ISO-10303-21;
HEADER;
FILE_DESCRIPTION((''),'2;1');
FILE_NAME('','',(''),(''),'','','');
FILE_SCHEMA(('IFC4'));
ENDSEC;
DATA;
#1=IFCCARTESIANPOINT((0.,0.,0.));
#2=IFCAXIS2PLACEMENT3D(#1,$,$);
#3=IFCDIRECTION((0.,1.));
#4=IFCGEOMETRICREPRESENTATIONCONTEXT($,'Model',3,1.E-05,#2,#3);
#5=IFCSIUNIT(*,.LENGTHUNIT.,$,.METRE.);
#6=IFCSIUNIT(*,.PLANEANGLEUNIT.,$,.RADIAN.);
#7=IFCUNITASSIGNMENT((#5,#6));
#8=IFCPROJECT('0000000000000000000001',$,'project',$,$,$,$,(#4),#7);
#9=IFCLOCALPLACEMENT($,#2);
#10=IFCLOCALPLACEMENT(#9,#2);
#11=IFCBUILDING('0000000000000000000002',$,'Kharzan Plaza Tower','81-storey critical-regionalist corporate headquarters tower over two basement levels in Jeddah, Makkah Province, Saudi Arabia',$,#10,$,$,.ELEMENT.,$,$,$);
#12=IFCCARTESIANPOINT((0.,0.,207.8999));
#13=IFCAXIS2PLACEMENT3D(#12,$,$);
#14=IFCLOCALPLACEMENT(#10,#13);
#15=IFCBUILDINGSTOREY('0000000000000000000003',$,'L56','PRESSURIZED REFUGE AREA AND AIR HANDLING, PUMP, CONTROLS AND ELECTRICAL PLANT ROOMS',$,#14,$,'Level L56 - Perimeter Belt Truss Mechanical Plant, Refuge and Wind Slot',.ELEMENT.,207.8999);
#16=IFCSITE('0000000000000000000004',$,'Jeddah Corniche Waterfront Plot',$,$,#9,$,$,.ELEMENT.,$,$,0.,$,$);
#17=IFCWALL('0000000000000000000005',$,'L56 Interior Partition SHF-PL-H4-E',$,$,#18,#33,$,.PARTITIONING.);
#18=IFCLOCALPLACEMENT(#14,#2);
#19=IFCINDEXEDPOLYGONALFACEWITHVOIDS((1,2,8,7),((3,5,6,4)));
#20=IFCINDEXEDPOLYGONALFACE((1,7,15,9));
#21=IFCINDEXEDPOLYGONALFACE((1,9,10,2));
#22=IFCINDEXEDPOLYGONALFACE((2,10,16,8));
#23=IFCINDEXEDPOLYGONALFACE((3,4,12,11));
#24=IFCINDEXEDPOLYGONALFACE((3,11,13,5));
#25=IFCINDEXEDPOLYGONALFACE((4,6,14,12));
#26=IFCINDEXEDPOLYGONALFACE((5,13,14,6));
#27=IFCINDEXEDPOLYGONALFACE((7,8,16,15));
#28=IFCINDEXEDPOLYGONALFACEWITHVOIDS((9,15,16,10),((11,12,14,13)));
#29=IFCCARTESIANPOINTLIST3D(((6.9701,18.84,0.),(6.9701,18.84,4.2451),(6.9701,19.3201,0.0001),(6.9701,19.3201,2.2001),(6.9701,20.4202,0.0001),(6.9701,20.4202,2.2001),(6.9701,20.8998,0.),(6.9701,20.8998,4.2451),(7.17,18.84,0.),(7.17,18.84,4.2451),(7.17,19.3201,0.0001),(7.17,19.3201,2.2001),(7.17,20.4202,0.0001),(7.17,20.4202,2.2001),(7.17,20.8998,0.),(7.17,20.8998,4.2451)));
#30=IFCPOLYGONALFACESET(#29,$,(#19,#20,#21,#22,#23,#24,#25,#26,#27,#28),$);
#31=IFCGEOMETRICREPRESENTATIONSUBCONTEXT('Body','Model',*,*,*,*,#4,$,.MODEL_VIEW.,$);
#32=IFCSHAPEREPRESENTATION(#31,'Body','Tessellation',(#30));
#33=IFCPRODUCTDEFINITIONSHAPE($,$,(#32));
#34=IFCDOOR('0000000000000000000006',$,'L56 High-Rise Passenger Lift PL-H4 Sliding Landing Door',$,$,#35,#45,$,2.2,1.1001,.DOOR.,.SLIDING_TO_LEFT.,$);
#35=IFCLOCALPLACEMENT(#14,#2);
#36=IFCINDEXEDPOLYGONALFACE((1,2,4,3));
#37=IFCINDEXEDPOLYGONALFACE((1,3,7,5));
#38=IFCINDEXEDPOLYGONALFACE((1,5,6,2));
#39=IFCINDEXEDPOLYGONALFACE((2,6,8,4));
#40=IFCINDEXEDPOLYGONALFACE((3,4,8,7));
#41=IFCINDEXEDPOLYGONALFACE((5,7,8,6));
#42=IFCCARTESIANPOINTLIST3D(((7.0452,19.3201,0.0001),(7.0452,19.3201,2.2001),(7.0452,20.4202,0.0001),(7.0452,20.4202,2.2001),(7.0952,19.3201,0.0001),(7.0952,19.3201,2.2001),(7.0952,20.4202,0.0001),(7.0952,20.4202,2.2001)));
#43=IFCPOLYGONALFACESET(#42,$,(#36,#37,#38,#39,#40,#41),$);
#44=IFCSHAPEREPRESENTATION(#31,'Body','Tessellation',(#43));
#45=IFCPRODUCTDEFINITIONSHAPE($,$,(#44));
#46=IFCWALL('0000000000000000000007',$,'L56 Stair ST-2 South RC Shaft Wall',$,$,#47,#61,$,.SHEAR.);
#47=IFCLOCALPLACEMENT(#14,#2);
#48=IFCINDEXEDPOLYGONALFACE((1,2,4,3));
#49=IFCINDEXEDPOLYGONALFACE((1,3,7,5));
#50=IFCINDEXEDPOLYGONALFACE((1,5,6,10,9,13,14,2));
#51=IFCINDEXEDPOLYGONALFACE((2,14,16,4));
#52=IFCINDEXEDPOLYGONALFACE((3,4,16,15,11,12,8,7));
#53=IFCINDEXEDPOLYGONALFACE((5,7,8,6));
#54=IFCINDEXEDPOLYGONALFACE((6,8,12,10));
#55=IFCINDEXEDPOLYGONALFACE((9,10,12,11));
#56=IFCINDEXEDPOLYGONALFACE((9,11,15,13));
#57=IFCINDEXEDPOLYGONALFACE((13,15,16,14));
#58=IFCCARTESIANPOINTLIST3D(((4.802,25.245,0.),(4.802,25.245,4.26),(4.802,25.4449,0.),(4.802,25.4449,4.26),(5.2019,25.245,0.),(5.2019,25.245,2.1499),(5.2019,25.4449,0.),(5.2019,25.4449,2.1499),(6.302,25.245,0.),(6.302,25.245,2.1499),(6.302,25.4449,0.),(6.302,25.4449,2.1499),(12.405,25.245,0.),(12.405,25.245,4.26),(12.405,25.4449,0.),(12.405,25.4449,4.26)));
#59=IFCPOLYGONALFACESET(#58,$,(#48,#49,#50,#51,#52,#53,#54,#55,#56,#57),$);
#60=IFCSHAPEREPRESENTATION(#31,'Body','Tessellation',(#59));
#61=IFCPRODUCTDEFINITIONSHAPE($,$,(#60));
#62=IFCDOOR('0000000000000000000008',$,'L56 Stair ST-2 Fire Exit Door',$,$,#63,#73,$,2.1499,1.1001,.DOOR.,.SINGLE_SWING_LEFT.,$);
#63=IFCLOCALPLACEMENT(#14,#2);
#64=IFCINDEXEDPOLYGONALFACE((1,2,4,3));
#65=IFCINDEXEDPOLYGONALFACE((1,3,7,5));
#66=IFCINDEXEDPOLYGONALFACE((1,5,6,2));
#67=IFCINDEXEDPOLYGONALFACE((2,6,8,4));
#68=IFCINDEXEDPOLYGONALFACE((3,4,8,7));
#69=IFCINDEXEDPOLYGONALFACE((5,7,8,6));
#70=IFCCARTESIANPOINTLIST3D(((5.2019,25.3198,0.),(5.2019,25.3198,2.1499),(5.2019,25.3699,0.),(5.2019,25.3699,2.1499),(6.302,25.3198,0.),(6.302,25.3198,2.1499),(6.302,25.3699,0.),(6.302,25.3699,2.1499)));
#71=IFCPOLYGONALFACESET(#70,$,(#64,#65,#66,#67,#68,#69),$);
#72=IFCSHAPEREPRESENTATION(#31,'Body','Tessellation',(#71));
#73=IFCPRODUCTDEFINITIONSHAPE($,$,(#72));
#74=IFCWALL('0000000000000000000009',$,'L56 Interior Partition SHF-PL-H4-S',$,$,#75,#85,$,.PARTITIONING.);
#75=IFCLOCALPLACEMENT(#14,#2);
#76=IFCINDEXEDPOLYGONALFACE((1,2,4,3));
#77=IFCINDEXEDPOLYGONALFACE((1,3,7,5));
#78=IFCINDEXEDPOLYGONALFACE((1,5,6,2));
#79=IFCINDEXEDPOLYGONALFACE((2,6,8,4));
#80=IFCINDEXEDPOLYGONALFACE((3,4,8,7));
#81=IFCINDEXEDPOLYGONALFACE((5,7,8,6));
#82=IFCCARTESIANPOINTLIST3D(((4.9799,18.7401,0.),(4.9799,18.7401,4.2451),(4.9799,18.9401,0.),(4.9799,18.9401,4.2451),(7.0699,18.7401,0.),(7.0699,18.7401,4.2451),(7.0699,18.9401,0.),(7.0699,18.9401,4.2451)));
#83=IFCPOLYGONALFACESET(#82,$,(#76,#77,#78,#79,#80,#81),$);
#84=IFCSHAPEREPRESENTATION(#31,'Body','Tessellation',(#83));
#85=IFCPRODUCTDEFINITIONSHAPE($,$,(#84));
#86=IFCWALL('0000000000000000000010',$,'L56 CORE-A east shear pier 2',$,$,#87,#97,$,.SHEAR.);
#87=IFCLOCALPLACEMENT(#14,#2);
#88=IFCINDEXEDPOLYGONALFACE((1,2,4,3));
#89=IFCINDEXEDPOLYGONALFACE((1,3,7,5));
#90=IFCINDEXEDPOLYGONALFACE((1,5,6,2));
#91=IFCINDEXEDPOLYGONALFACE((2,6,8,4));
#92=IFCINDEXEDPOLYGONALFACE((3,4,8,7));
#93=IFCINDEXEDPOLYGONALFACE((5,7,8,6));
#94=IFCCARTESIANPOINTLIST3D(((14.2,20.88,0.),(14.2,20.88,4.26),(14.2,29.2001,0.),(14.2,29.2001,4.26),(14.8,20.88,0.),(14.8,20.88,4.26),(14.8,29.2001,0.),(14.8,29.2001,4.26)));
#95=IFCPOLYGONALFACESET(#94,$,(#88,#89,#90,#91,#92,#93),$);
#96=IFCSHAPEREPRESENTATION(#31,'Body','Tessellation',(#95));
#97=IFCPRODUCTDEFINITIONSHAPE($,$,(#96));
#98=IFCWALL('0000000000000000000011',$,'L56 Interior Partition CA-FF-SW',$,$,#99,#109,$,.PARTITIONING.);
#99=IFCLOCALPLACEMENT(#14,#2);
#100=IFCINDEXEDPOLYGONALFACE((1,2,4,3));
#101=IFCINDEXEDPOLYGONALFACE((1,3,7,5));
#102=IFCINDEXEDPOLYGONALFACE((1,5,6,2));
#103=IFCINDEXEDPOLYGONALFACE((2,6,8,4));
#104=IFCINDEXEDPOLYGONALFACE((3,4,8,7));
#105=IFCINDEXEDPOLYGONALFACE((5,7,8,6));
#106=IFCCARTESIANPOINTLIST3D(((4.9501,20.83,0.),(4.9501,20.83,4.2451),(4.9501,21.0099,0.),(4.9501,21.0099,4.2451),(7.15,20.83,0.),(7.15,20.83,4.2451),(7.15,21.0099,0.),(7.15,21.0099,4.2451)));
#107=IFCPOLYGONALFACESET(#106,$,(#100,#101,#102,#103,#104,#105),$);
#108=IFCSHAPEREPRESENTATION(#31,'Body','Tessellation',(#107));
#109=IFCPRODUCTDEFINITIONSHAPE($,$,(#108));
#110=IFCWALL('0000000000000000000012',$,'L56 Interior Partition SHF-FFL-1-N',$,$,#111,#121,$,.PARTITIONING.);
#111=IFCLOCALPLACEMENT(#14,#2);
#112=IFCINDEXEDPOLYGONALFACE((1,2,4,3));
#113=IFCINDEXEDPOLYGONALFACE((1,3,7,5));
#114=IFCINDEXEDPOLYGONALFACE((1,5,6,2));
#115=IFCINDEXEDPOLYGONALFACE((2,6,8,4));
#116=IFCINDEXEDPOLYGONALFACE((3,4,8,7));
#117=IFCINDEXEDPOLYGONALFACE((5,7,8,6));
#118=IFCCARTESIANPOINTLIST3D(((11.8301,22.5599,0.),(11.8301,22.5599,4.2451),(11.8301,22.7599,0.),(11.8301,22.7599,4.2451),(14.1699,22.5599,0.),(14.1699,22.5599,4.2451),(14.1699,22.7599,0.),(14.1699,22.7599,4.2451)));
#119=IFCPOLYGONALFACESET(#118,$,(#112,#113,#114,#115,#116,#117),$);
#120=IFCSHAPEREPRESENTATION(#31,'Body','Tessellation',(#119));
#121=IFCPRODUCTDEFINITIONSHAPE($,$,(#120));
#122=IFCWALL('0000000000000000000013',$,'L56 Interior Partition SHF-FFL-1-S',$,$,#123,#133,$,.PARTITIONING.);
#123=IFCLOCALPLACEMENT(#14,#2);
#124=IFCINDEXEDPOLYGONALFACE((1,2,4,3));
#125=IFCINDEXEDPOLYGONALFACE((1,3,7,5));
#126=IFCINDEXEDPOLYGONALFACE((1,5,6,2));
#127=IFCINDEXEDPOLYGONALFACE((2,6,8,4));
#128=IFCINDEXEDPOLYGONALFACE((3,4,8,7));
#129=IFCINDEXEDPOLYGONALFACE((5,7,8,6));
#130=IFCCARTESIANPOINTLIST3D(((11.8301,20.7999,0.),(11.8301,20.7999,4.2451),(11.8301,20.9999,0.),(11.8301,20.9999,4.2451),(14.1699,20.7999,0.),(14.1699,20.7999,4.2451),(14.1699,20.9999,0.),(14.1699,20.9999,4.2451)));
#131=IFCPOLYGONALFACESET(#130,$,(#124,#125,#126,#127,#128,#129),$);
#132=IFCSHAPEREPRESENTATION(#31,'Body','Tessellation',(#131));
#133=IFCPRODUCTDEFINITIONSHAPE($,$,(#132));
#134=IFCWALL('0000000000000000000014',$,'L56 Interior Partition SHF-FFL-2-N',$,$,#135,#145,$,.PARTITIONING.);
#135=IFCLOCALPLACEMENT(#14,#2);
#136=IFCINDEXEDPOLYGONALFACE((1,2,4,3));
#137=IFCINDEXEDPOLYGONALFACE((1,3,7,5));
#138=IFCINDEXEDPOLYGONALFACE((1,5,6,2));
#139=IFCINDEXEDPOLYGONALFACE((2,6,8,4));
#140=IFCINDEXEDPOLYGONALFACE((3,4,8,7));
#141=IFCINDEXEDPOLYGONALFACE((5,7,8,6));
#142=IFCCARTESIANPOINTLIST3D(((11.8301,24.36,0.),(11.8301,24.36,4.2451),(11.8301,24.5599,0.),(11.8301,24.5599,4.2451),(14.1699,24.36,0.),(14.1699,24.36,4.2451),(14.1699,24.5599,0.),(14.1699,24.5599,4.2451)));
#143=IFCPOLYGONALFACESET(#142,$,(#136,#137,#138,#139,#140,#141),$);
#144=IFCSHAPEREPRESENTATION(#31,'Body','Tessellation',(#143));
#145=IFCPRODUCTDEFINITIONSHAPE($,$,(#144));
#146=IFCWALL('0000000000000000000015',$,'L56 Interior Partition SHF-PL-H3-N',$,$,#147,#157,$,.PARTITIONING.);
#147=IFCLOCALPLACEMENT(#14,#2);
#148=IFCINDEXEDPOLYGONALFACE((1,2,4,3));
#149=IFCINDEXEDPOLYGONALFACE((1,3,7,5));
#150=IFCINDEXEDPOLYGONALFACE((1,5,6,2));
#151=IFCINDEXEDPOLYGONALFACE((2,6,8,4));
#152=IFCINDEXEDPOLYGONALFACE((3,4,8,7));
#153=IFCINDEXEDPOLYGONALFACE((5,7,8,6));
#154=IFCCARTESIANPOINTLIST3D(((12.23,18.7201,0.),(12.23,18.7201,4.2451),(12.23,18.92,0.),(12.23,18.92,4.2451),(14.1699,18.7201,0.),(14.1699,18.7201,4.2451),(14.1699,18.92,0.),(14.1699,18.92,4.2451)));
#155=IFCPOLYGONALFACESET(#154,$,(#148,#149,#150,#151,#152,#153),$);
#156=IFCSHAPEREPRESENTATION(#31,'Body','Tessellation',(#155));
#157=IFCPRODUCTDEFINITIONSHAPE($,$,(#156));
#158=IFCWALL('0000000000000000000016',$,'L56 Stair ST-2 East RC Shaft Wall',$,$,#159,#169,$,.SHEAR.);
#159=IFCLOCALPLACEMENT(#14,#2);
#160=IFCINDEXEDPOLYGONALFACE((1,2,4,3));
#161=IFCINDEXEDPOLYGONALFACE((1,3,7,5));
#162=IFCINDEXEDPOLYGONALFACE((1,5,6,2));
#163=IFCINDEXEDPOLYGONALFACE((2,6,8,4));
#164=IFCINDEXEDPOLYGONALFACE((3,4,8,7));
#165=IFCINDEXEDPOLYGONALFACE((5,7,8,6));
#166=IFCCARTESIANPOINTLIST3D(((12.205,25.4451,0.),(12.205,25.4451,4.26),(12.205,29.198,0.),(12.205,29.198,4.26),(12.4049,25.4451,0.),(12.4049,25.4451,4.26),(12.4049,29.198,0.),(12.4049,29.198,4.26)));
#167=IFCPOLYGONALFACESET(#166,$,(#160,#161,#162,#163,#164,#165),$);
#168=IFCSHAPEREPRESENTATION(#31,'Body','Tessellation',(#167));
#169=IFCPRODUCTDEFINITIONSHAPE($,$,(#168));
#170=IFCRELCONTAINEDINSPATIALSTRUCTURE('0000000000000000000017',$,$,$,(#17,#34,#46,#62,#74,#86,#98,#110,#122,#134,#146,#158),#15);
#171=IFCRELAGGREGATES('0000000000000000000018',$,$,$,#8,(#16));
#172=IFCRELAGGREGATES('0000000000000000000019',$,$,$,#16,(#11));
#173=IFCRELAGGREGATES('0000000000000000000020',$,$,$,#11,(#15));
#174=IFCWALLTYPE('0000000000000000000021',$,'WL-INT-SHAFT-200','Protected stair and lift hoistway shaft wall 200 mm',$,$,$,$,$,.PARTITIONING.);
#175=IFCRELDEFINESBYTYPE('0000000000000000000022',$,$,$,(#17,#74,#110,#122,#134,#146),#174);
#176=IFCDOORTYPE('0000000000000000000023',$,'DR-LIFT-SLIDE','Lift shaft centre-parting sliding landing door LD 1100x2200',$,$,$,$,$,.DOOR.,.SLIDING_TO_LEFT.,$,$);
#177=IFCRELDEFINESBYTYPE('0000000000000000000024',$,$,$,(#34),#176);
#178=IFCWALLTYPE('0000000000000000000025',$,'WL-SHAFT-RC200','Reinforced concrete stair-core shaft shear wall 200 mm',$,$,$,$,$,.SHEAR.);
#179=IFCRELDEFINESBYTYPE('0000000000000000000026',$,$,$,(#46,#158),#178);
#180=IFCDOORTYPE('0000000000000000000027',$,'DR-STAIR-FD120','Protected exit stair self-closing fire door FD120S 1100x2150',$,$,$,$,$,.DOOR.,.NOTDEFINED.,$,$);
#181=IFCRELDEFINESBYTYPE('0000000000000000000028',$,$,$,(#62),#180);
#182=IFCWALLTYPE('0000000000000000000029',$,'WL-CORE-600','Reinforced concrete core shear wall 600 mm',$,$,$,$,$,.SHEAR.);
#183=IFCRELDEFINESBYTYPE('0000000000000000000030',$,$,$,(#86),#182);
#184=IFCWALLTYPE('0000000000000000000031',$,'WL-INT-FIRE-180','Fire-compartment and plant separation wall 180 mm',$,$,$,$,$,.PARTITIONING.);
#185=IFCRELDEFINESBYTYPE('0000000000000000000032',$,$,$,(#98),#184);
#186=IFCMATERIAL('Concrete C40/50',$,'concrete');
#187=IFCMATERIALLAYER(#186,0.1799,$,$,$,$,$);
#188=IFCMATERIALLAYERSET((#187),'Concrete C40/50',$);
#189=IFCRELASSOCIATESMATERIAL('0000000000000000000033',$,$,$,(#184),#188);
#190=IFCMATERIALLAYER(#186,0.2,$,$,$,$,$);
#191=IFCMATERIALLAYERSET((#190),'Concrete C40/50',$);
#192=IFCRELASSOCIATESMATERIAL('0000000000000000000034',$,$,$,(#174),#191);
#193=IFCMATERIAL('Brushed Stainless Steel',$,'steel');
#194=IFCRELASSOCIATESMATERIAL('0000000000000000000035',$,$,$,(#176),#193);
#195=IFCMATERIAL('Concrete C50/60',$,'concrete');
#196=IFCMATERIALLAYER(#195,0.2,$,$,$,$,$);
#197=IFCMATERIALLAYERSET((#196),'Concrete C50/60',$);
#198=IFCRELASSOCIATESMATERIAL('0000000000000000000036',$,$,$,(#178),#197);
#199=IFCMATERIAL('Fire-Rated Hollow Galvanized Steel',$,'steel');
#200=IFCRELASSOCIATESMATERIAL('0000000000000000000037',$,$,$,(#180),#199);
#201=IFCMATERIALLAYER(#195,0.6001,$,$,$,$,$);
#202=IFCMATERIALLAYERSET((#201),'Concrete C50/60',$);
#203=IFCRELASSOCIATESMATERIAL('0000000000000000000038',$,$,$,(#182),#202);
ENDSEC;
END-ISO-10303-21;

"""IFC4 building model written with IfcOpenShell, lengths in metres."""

from ifc_helpers import new_model, si_unit, direction, frame, frame_2d, origin, place, context, subcontext, project, spatial, rectangle, extrude, source, transform, mapped, material, layer, layer_set, type_object, element, fill, save


model = new_model("IFC4")

# Units and contexts
model_context = context("Model", 3, precision=1e-05, world=origin(), true_north=direction((0.0, 1.0)))
body_context = subcontext(model_context, "Body", "Model", "MODEL_VIEW")
ifc_project = project(units=[si_unit("LENGTHUNIT", "METRE"), si_unit("PLANEANGLEUNIT", "RADIAN")], contexts=[model_context])

# Site, building, storey
site_placement = place(None, origin())
site = spatial("IfcSite", under=ifc_project, at=site_placement, Name="Jeddah Corniche Waterfront Plot", CompositionType="ELEMENT", RefElevation=0.0)
building_placement = place(site_placement, origin())
building = spatial("IfcBuilding", under=site, at=building_placement, Name="Kharzan Plaza Tower", Description="81-storey critical-regionalist corporate headquarters tower over two basement levels in Jeddah, Makkah Province, Saudi Arabia", CompositionType="ELEMENT")
storey_placement = place(building_placement, frame((0.0, 0.0, 207.8999)))
storey = spatial("IfcBuildingStorey", under=building, at=storey_placement, Name="L56", Description="PRESSURIZED REFUGE AREA AND AIR HANDLING, PUMP, CONTROLS AND ELECTRICAL PLANT ROOMS", LongName="Level L56 - Perimeter Belt Truss Mechanical Plant, Refuge and Wind Slot", CompositionType="ELEMENT", Elevation=207.8999)

# Walls, openings, doors
ifc_material_1 = material(Name="Concrete C40/50", Category="concrete")
ifc_layer_1 = layer(ifc_material_1, 0.1799)
ifc_layer_set_1 = layer_set([ifc_layer_1], Name="Concrete C40/50")
wall_type_1 = type_object("IfcWallType", Name="WL-INT-FIRE-180", Description="Fire-compartment and plant separation wall 180 mm", PredefinedType="PARTITIONING", material=ifc_layer_set_1)
ifc_layer_2 = layer(ifc_material_1, 0.2)
ifc_layer_set_2 = layer_set([ifc_layer_2], Name="Concrete C40/50")
wall_type_2 = type_object("IfcWallType", Name="WL-INT-SHAFT-200", Description="Protected stair and lift hoistway shaft wall 200 mm", PredefinedType="PARTITIONING", material=ifc_layer_set_2)
ifc_material_2 = material(Name="Brushed Stainless Steel", Category="steel")
door_type_1 = type_object("IfcDoorType", Name="DR-LIFT-SLIDE", Description="Lift shaft centre-parting sliding landing door LD 1100x2200", OperationType="SLIDING_TO_LEFT", PredefinedType="DOOR", material=ifc_material_2)
shared_shape_1 = source(origin(), body_context, "Body", "SweptSolid", [
    extrude(rectangle(XDim=1.1001, YDim=2.2, at=frame_2d((0.55, 1.1001))), frame((0.0, 0.0249, 0.0), z_axis=(0.0, -1.0, 0.0), x_axis=(1.0, 0.0, 0.0)), (0.0, 0.0, 1.0), 0.05),
])
wall_1_placement = place(storey_placement, frame((7.0701, 18.8401, 0.0), z_axis=(0.0, 0.0, 1.0), x_axis=(0.0, 1.0, 0.0)))
wall_1 = element("IfcWall", 1, at=wall_1_placement, inside=storey, type_object=wall_type_2, Name="L56 Interior Partition SHF-PL-H4-E", PredefinedType="PARTITIONING", context=body_context, shape_type="SweptSolid", body=[
    extrude(rectangle(XDim=2.0598, YDim=0.2, at=frame_2d((1.0298, 0.0))), origin(), (0.0, 0.0, 1.0), 4.2451),
])
opening_1_placement = place(wall_1_placement, frame((0.48, 0.0, 0.0)))
opening_1 = element("IfcOpeningElement", 2, at=opening_1_placement, cuts=wall_1, PredefinedType="OPENING", context=body_context, shape_type="SweptSolid", body=[
    extrude(rectangle(XDim=1.1001, YDim=2.2, at=frame_2d((0.55, 1.1001))), frame((0.0, 0.1099, 0.0), z_axis=(0.0, -1.0, 0.0), x_axis=(1.0, 0.0, 0.0)), (0.0, 0.0, 1.0), 0.22),
])
door_1_placement = place(opening_1_placement, origin())
door_1 = element("IfcDoor", 3, at=door_1_placement, inside=storey, type_object=door_type_1, Name="L56 High-Rise Passenger Lift PL-H4 Sliding Landing Door", OperationType="SLIDING_TO_LEFT", OverallHeight=2.2, OverallWidth=1.1001, PredefinedType="DOOR", context=body_context, shape_type="MappedRepresentation", body=[
    mapped(shared_shape_1, transform((0.0, 0.0, 0.0), x_axis=(1.0, 0.0, 0.0), y_axis=(0.0, 1.0, 0.0), z_axis=(0.0, 0.0, 1.0))),
])
fill(opening_1, door_1)
ifc_material_3 = material(Name="Concrete C50/60", Category="concrete")
ifc_layer_3 = layer(ifc_material_3, 0.2)
ifc_layer_set_3 = layer_set([ifc_layer_3], Name="Concrete C50/60")
wall_type_3 = type_object("IfcWallType", Name="WL-SHAFT-RC200", Description="Reinforced concrete stair-core shaft shear wall 200 mm", PredefinedType="SHEAR", material=ifc_layer_set_3)
wall_2_placement = place(storey_placement, frame((4.802, 25.345, 0.0), z_axis=(0.0, 0.0, 1.0), x_axis=(1.0, 0.0, 0.0)))
wall_2 = element("IfcWall", 4, at=wall_2_placement, inside=storey, type_object=wall_type_3, Name="L56 Stair ST-2 South RC Shaft Wall", PredefinedType="SHEAR", context=body_context, shape_type="SweptSolid", body=[
    extrude(rectangle(XDim=7.603, YDim=0.2, at=frame_2d((3.8015, 0.0))), origin(), (0.0, 0.0, 1.0), 4.26),
])
opening_2_placement = place(wall_2_placement, frame((0.3999, 0.0, 0.0)))
opening_2 = element("IfcOpeningElement", 5, at=opening_2_placement, cuts=wall_2, PredefinedType="OPENING", context=body_context, shape_type="SweptSolid", body=[
    extrude(rectangle(XDim=1.1001, YDim=2.1499, at=frame_2d((0.55, 1.075))), frame((0.0, 0.1099, 0.0), z_axis=(0.0, -1.0, 0.0), x_axis=(1.0, 0.0, 0.0)), (0.0, 0.0, 1.0), 0.22),
])
ifc_material_4 = material(Name="Fire-Rated Hollow Galvanized Steel", Category="steel")
door_type_2 = type_object("IfcDoorType", Name="DR-STAIR-FD120", Description="Protected exit stair self-closing fire door FD120S 1100x2150", OperationType="NOTDEFINED", PredefinedType="DOOR", material=ifc_material_4)
shared_shape_2 = source(origin(), body_context, "Body", "SweptSolid", [
    extrude(rectangle(XDim=1.1001, YDim=2.1499, at=frame_2d((0.55, 1.075))), frame((0.0, 0.0249, 0.0), z_axis=(0.0, -1.0, 0.0), x_axis=(1.0, 0.0, 0.0)), (0.0, 0.0, 1.0), 0.05),
])
door_2_placement = place(opening_2_placement, origin())
door_2 = element("IfcDoor", 6, at=door_2_placement, inside=storey, type_object=door_type_2, Name="L56 Stair ST-2 Fire Exit Door", OperationType="SINGLE_SWING_LEFT", OverallHeight=2.1499, OverallWidth=1.1001, PredefinedType="DOOR", context=body_context, shape_type="MappedRepresentation", body=[
    mapped(shared_shape_2, transform((0.0, 0.0, 0.0), x_axis=(1.0, 0.0, 0.0), y_axis=(0.0, 1.0, 0.0), z_axis=(0.0, 0.0, 1.0))),
])
fill(opening_2, door_2)

# Walls
shared_shape_3 = source(origin(), body_context, "Body", "SweptSolid", [
    extrude(rectangle(XDim=2.0901, YDim=0.2, at=frame_2d((1.0449, 0.0))), origin(), (0.0, 0.0, 1.0), 4.2451),
])
wall_3_placement = place(storey_placement, frame((4.98, 18.8401, 0.0), z_axis=(0.0, 0.0, 1.0), x_axis=(1.0, 0.0, 0.0)))
element("IfcWall", 7, at=wall_3_placement, inside=storey, type_object=wall_type_2, Name="L56 Interior Partition SHF-PL-H4-S", PredefinedType="PARTITIONING", context=body_context, shape_type="MappedRepresentation", body=[
    mapped(shared_shape_3, transform((0.0, 0.0, 0.0), x_axis=(1.0, 0.0, 0.0), y_axis=(0.0, 1.0, 0.0), z_axis=(0.0, 0.0, 1.0))),
])
ifc_layer_4 = layer(ifc_material_3, 0.6001)
ifc_layer_set_4 = layer_set([ifc_layer_4], Name="Concrete C50/60")
wall_type_4 = type_object("IfcWallType", Name="WL-CORE-600", Description="Reinforced concrete core shear wall 600 mm", PredefinedType="SHEAR", material=ifc_layer_set_4)
shared_shape_4 = source(origin(), body_context, "Body", "SweptSolid", [
    extrude(rectangle(XDim=8.3201, YDim=0.6001, at=frame_2d((4.1602, 0.0))), origin(), (0.0, 0.0, 1.0), 4.26),
])
wall_4_placement = place(storey_placement, frame((14.5, 20.8799, 0.0), z_axis=(0.0, 0.0, 1.0), x_axis=(0.0, 1.0, 0.0)))
element("IfcWall", 8, at=wall_4_placement, inside=storey, type_object=wall_type_4, Name="L56 CORE-A east shear pier 2", PredefinedType="SHEAR", context=body_context, shape_type="MappedRepresentation", body=[
    mapped(shared_shape_4, transform((0.0, 0.0, 0.0), x_axis=(1.0, 0.0, 0.0), y_axis=(0.0, 1.0, 0.0), z_axis=(0.0, 0.0, 1.0))),
])
shared_shape_5 = source(origin(), body_context, "Body", "SweptSolid", [
    extrude(rectangle(XDim=2.2, YDim=0.1799, at=frame_2d((1.1001, 0.0))), origin(), (0.0, 0.0, 1.0), 4.2451),
])
wall_5_placement = place(storey_placement, frame((4.95, 20.9199, 0.0), z_axis=(0.0, 0.0, 1.0), x_axis=(1.0, 0.0, 0.0)))
element("IfcWall", 9, at=wall_5_placement, inside=storey, type_object=wall_type_1, Name="L56 Interior Partition CA-FF-SW", PredefinedType="PARTITIONING", context=body_context, shape_type="MappedRepresentation", body=[
    mapped(shared_shape_5, transform((0.0, 0.0, 0.0), x_axis=(1.0, 0.0, 0.0), y_axis=(0.0, 1.0, 0.0), z_axis=(0.0, 0.0, 1.0))),
])
shared_shape_6 = source(origin(), body_context, "Body", "SweptSolid", [
    extrude(rectangle(XDim=2.3398, YDim=0.2, at=frame_2d((1.1699, 0.0))), origin(), (0.0, 0.0, 1.0), 4.2451),
])
for number, where, z_axis, x_axis, name in (
    (10, (11.8301, 22.6599, 0.0), (0.0, 0.0, 1.0), (1.0, 0.0, 0.0), "L56 Interior Partition SHF-FFL-1-N"),
    (11, (11.8301, 20.8999, 0.0), (0.0, 0.0, 1.0), (1.0, 0.0, 0.0), "L56 Interior Partition SHF-FFL-1-S"),
    (12, (11.8301, 24.46, 0.0), (0.0, 0.0, 1.0), (1.0, 0.0, 0.0), "L56 Interior Partition SHF-FFL-2-N"),
):
    element("IfcWall", number, at=place(storey_placement, frame(where, z_axis=z_axis, x_axis=x_axis)), inside=storey, type_object=wall_type_2, Name=name, PredefinedType="PARTITIONING", context=body_context, shape_type="MappedRepresentation", body=[
        mapped(shared_shape_6, transform((0.0, 0.0, 0.0), x_axis=(1.0, 0.0, 0.0), y_axis=(0.0, 1.0, 0.0), z_axis=(0.0, 0.0, 1.0))),
    ])
shared_shape_7 = source(origin(), body_context, "Body", "SweptSolid", [
    extrude(rectangle(XDim=1.9399, YDim=0.2, at=frame_2d((0.97, 0.0))), origin(), (0.0, 0.0, 1.0), 4.2451),
])
wall_6_placement = place(storey_placement, frame((12.23, 18.8201, 0.0), z_axis=(0.0, 0.0, 1.0), x_axis=(1.0, 0.0, 0.0)))
element("IfcWall", 13, at=wall_6_placement, inside=storey, type_object=wall_type_2, Name="L56 Interior Partition SHF-PL-H3-N", PredefinedType="PARTITIONING", context=body_context, shape_type="MappedRepresentation", body=[
    mapped(shared_shape_7, transform((0.0, 0.0, 0.0), x_axis=(1.0, 0.0, 0.0), y_axis=(0.0, 1.0, 0.0), z_axis=(0.0, 0.0, 1.0))),
])
shared_shape_8 = source(origin(), body_context, "Body", "SweptSolid", [
    extrude(rectangle(XDim=3.7529, YDim=0.2, at=frame_2d((1.8765, 0.0))), origin(), (0.0, 0.0, 1.0), 4.26),
])
wall_7_placement = place(storey_placement, frame((12.3049, 25.4451, 0.0), z_axis=(0.0, 0.0, 1.0), x_axis=(0.0, 1.0, 0.0)))
element("IfcWall", 14, at=wall_7_placement, inside=storey, type_object=wall_type_3, Name="L56 Stair ST-2 East RC Shaft Wall", PredefinedType="SHEAR", context=body_context, shape_type="MappedRepresentation", body=[
    mapped(shared_shape_8, transform((0.0, 0.0, 0.0), x_axis=(1.0, 0.0, 0.0), y_axis=(0.0, 1.0, 0.0), z_axis=(0.0, 0.0, 1.0))),
])

save(model, "model.ifc")
